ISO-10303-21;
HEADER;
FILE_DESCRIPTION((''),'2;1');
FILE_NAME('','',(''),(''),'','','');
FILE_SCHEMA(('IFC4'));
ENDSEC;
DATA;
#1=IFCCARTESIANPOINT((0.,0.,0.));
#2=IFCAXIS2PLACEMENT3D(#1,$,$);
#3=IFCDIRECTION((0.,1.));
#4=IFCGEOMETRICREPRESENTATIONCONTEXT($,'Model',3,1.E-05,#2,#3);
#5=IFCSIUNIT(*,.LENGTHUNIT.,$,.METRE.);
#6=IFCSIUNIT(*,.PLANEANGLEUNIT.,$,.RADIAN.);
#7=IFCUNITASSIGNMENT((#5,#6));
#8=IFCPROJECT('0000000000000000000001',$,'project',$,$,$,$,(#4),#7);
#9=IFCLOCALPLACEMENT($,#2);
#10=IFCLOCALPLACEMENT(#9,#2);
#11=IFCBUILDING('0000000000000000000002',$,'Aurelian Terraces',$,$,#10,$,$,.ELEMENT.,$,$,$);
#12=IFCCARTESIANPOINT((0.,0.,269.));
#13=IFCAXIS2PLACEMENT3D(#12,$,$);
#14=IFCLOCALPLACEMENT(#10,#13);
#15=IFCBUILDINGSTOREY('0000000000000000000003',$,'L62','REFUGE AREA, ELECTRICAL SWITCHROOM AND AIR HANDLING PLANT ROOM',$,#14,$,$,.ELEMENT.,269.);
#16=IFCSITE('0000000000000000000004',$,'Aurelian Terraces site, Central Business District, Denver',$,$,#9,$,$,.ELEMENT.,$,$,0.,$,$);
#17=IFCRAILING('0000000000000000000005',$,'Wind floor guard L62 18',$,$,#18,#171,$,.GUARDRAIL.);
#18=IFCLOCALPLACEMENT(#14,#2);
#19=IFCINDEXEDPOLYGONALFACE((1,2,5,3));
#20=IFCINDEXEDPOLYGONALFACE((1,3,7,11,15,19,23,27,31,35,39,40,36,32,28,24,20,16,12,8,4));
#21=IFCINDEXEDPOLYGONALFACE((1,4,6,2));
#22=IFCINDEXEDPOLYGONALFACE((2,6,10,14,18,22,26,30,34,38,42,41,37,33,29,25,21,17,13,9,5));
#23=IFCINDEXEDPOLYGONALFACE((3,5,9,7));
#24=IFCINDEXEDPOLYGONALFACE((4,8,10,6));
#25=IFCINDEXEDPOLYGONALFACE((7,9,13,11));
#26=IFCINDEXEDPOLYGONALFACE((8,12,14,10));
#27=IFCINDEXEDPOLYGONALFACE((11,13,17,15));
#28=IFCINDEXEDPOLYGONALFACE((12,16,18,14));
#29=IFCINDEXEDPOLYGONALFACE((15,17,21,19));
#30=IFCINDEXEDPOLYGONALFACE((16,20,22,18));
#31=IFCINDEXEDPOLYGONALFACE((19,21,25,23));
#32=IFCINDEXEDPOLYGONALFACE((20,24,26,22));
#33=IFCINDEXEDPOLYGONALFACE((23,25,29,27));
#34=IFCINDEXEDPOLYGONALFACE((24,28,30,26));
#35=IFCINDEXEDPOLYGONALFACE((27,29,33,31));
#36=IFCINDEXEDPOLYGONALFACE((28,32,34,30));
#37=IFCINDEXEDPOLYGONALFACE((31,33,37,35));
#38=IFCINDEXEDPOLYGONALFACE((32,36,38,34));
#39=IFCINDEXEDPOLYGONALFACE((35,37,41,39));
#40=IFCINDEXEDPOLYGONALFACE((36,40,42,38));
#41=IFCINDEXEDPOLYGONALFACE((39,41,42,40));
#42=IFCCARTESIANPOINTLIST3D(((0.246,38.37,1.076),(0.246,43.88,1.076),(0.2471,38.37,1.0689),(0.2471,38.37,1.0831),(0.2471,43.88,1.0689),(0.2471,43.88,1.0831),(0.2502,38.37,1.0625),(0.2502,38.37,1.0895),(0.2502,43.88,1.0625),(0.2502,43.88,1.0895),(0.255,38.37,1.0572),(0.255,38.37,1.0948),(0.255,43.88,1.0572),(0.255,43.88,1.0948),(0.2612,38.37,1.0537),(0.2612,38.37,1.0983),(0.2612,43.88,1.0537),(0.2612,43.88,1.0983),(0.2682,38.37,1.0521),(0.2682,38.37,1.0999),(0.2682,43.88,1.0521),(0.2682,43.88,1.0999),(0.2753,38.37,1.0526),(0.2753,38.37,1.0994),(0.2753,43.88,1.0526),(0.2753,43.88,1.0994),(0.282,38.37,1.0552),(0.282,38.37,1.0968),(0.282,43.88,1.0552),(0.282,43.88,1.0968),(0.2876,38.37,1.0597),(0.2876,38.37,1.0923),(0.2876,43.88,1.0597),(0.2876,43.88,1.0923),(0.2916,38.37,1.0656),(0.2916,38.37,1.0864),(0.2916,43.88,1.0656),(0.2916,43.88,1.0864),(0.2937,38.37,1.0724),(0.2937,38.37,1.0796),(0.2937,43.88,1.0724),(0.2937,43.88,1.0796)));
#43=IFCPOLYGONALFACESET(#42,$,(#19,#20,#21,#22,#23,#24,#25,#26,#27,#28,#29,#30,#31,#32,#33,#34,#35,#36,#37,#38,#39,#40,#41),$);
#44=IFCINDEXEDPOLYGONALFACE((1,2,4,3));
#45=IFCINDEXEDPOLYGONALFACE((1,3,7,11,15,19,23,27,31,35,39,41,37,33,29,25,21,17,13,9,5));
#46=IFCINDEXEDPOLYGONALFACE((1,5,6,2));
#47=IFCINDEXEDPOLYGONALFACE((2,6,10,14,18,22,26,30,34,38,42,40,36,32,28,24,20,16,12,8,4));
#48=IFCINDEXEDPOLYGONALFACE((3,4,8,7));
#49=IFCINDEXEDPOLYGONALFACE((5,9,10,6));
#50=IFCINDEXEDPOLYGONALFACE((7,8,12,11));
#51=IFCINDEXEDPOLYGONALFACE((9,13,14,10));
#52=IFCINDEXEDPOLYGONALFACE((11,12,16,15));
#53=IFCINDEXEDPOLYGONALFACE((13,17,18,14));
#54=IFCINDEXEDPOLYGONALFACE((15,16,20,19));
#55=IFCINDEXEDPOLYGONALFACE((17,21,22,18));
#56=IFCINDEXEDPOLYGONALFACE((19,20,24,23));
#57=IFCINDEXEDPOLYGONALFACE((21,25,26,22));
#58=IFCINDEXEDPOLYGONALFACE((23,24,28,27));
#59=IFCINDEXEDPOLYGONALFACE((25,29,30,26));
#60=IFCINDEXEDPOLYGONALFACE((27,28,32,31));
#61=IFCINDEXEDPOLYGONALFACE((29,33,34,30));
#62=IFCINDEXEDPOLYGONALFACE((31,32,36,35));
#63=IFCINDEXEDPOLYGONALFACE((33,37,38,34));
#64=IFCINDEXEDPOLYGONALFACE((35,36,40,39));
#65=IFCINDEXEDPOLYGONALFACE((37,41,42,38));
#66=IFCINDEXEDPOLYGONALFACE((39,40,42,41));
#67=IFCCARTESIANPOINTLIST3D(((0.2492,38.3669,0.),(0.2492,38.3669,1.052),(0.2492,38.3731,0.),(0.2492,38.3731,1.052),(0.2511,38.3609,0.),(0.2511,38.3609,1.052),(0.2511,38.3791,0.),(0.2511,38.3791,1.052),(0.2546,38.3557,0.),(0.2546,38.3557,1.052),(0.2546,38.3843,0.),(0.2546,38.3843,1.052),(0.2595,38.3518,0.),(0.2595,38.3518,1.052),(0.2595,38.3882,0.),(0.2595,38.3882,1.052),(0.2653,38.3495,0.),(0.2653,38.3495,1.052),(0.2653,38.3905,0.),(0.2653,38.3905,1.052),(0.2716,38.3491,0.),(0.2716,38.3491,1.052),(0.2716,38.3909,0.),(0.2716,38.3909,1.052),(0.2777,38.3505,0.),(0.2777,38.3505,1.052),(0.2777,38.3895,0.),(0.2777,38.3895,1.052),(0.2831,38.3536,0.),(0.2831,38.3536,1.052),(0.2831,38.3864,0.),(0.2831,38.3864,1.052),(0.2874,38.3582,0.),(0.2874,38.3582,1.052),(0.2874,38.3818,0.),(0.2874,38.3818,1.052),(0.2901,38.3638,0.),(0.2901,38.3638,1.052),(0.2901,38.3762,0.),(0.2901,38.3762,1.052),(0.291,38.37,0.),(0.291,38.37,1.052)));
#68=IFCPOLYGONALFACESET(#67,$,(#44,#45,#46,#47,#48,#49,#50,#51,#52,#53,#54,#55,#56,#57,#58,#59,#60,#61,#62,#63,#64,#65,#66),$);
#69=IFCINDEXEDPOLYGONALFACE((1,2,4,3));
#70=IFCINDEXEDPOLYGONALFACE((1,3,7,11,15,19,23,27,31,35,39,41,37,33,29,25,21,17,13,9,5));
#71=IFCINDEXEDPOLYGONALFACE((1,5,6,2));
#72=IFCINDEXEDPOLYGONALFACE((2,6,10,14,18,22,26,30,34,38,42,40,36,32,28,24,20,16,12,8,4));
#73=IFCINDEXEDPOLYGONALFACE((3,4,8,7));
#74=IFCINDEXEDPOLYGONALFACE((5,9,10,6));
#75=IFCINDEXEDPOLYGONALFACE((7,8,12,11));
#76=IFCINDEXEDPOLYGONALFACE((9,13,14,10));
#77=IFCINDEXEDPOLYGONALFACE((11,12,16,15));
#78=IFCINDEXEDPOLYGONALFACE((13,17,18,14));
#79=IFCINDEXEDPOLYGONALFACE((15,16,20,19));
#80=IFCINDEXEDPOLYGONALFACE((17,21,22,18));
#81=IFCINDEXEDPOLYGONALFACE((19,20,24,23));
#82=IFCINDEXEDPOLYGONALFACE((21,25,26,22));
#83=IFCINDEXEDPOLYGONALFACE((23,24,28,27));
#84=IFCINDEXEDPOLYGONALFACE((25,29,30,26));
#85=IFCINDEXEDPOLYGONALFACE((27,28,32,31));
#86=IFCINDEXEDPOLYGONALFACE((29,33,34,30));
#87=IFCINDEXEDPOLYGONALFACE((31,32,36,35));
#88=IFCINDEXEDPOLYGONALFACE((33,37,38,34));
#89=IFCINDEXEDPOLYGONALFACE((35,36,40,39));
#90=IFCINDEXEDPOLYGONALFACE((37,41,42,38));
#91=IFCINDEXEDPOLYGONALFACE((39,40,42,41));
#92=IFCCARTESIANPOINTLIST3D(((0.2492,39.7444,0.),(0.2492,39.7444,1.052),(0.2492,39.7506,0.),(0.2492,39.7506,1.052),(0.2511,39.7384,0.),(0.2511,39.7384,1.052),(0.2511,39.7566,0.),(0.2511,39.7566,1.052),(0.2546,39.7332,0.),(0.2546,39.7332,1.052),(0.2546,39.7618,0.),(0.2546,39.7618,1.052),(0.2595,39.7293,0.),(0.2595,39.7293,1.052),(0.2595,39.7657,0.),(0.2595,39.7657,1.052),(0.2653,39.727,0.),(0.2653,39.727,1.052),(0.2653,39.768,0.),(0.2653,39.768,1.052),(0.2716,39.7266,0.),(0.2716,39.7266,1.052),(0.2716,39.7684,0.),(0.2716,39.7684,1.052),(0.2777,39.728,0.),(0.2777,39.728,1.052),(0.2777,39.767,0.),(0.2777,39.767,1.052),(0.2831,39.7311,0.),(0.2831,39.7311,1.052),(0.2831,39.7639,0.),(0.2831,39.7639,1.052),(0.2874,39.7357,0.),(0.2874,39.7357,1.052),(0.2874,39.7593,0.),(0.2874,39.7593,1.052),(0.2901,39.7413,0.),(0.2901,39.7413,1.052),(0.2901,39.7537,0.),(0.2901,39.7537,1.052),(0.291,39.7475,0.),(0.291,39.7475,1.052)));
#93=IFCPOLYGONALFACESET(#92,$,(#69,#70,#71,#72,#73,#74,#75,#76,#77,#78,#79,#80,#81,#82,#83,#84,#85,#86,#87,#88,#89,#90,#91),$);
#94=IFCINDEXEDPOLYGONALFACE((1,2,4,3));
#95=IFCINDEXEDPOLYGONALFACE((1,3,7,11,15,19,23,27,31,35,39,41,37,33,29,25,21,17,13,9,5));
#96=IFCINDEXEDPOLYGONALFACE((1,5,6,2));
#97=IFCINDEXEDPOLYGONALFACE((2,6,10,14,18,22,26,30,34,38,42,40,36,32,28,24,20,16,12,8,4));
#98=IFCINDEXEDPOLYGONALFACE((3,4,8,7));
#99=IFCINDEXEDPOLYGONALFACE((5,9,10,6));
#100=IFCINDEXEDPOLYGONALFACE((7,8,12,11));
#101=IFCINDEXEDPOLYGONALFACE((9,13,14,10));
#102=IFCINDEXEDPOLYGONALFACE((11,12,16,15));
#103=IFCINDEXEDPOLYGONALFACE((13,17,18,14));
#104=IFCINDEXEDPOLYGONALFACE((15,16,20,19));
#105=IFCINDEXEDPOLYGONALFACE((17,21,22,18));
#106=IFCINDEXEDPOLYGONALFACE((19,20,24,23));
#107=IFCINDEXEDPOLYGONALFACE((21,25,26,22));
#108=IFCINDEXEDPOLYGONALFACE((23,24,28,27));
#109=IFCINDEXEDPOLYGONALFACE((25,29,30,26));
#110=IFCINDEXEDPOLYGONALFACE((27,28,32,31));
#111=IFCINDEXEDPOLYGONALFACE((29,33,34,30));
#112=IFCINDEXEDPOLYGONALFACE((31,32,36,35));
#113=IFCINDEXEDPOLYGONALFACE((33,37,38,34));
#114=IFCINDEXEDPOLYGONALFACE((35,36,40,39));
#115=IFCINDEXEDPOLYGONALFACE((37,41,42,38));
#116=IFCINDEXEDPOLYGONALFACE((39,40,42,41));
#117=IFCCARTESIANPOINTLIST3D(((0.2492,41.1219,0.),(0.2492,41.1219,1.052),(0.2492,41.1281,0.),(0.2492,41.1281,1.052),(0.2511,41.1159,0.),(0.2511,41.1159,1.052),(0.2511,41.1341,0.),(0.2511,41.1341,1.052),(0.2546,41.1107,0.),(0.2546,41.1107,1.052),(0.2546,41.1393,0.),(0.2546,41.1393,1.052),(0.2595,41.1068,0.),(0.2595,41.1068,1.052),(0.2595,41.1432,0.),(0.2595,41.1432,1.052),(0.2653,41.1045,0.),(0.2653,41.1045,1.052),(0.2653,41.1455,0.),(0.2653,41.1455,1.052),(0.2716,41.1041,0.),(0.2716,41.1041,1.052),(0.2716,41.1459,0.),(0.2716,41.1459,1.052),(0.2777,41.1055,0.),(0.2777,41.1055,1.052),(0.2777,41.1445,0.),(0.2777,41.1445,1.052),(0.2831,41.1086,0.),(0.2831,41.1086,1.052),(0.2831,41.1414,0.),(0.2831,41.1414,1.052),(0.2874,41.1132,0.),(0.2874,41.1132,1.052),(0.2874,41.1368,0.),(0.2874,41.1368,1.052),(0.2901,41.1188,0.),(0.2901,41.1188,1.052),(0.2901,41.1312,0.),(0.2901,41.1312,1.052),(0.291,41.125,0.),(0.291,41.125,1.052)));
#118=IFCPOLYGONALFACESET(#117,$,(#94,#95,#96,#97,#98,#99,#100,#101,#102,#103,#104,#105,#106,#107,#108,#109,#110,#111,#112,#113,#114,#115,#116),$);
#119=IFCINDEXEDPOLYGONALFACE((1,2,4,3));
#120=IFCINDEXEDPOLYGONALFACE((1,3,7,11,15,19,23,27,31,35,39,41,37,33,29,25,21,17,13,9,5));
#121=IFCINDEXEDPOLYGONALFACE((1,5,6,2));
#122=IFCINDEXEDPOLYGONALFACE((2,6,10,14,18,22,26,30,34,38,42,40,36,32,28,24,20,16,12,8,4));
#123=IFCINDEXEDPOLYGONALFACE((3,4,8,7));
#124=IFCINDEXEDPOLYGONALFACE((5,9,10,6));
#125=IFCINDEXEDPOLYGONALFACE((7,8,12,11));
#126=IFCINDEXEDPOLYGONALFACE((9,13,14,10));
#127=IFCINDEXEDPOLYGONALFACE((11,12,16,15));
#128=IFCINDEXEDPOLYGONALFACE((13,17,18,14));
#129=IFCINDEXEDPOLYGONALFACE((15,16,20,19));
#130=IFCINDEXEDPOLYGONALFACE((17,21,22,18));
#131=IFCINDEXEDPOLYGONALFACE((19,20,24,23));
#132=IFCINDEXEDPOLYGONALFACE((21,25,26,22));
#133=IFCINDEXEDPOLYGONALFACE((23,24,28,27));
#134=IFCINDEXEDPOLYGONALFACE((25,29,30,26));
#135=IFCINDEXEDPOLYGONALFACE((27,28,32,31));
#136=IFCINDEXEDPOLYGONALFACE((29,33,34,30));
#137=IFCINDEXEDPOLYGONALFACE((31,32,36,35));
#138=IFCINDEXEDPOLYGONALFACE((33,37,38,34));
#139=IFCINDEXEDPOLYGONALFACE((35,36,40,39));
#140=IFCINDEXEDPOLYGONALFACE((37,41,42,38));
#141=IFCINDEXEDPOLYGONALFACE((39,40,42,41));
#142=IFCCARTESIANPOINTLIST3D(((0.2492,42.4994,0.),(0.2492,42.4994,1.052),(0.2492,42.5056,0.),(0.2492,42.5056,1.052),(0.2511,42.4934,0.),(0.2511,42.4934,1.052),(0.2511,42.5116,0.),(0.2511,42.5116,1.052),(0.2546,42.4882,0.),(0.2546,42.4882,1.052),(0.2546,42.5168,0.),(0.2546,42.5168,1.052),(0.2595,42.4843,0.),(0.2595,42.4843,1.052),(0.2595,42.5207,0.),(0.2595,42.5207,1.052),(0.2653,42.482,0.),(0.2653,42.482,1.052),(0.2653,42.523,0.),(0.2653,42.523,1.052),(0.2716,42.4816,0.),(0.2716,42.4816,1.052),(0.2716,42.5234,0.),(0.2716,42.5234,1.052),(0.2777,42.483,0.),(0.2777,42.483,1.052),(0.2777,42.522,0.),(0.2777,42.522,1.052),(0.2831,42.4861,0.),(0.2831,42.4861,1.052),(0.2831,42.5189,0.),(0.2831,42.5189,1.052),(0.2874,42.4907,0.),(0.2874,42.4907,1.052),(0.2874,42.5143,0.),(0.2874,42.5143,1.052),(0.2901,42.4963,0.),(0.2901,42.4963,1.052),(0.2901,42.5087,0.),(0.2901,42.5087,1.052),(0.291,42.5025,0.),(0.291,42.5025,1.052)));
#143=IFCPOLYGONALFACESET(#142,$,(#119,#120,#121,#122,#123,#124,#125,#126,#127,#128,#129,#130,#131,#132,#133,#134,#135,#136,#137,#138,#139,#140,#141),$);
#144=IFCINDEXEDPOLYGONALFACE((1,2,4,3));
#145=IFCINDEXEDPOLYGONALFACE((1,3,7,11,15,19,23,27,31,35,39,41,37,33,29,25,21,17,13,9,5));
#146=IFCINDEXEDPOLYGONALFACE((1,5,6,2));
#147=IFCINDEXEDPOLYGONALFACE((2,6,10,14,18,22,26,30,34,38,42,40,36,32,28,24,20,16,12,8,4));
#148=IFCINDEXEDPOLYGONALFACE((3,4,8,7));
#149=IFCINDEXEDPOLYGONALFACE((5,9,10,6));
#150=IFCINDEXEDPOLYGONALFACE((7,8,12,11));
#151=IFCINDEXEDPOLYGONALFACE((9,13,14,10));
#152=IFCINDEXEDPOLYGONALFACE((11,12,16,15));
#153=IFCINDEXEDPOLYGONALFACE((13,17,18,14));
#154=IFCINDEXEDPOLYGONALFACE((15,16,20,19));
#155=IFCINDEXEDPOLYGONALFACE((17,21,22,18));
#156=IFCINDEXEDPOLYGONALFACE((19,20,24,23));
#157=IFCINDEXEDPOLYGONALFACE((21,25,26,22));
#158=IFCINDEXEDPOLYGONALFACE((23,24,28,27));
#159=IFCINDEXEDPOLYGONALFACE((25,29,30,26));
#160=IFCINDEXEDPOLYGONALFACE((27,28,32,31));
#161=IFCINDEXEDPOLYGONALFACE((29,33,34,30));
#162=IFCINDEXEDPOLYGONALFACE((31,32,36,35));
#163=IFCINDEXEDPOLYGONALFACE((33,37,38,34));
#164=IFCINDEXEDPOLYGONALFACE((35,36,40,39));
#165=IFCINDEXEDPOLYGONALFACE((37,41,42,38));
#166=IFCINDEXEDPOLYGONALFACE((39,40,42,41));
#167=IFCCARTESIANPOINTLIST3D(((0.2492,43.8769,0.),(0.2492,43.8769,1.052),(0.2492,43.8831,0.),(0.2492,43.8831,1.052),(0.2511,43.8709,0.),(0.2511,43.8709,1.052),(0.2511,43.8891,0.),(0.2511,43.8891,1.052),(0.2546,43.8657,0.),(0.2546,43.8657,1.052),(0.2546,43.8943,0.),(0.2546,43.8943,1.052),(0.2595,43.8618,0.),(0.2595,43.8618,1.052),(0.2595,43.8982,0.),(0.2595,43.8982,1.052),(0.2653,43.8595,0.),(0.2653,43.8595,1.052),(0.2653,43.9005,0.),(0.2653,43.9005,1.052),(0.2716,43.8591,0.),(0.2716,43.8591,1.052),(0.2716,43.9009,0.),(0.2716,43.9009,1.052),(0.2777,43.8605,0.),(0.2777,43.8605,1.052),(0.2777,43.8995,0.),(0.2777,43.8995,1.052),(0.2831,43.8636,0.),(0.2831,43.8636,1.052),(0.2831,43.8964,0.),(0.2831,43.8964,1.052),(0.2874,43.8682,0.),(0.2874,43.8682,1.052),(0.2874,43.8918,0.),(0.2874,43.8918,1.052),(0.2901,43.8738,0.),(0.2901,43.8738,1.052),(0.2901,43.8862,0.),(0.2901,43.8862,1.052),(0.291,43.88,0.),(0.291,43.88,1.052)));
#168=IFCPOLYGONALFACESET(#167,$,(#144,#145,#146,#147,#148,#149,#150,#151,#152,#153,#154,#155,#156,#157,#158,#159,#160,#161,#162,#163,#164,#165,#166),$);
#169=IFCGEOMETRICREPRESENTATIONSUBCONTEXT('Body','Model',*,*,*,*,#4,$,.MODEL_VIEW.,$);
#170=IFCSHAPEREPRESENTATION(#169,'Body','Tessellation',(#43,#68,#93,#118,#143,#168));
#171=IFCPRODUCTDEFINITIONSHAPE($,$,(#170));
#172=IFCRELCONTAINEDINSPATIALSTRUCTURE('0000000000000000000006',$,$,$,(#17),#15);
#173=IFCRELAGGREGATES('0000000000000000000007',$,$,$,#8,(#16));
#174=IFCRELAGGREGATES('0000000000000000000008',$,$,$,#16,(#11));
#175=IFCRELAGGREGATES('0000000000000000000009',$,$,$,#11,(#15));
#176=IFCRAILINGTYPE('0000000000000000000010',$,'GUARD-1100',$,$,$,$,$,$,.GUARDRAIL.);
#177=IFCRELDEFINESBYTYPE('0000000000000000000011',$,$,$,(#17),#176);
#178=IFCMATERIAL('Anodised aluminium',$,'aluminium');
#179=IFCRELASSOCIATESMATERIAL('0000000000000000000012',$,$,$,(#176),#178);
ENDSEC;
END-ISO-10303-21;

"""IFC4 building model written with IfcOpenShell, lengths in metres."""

from ifc_helpers import new_model, si_unit, direction, frame, origin, origin_2d, place, context, subcontext, project, spatial, circle, extrude, source, transform, mapped, material, type_object, element, save


model = new_model("IFC4")

# Units and contexts
model_context = context("Model", 3, precision=1e-05, world=origin(), true_north=direction((0.0, 1.0)))
body_context = subcontext(model_context, "Body", "Model", "MODEL_VIEW")
ifc_project = project(units=[si_unit("LENGTHUNIT", "METRE"), si_unit("PLANEANGLEUNIT", "RADIAN")], contexts=[model_context])

# Site, building, storey
site_placement = place(None, origin())
site = spatial("IfcSite", under=ifc_project, at=site_placement, Name="Aurelian Terraces site, Central Business District, Denver", CompositionType="ELEMENT", RefElevation=0.0)
building_placement = place(site_placement, origin())
building = spatial("IfcBuilding", under=site, at=building_placement, Name="Aurelian Terraces", CompositionType="ELEMENT")
storey_placement = place(building_placement, frame((0.0, 0.0, 269.0)))
storey = spatial("IfcBuildingStorey", under=building, at=storey_placement, Name="L62", Description="REFUGE AREA, ELECTRICAL SWITCHROOM AND AIR HANDLING PLANT ROOM", CompositionType="ELEMENT", Elevation=269.0)

# Railing
ifc_material_1 = material(Name="Anodised aluminium", Category="aluminium")
railing_type = type_object("IfcRailingType", Name="GUARD-1100", PredefinedType="GUARDRAIL", material=ifc_material_1)
shared_shape_1 = source(origin(), body_context, "Body", "SweptSolid", [
    extrude(circle(Radius=0.024, at=origin_2d()), frame((0.0, 0.0, 1.076), z_axis=(0.0, 1.0, 0.0), x_axis=(-1.0, 0.0, 0.0)), (0.0, 0.0, 1.0), 5.51),
    extrude(circle(Radius=0.021, at=origin_2d()), origin(), (0.0, 0.0, 1.0), 1.052),
    extrude(circle(Radius=0.021, at=origin_2d()), frame((0.0, 1.3775, 0.0)), (0.0, 0.0, 1.0), 1.052),
    extrude(circle(Radius=0.021, at=origin_2d()), frame((0.0, 2.755, 0.0)), (0.0, 0.0, 1.0), 1.052),
    extrude(circle(Radius=0.021, at=origin_2d()), frame((0.0, 4.1325, 0.0)), (0.0, 0.0, 1.0), 1.052),
    extrude(circle(Radius=0.021, at=origin_2d()), frame((0.0, 5.51, 0.0)), (0.0, 0.0, 1.0), 1.052),
])
railing_1_placement = place(storey_placement, frame((0.27, 38.37, 0.0)))
element("IfcRailing", 1, at=railing_1_placement, inside=storey, type_object=railing_type, Name="Wind floor guard L62 18", PredefinedType="GUARDRAIL", context=body_context, shape_type="MappedRepresentation", body=[
    mapped(shared_shape_1, transform((0.0, 0.0, 0.0), scale=1.0)),
])

save(model, "model.ifc")
